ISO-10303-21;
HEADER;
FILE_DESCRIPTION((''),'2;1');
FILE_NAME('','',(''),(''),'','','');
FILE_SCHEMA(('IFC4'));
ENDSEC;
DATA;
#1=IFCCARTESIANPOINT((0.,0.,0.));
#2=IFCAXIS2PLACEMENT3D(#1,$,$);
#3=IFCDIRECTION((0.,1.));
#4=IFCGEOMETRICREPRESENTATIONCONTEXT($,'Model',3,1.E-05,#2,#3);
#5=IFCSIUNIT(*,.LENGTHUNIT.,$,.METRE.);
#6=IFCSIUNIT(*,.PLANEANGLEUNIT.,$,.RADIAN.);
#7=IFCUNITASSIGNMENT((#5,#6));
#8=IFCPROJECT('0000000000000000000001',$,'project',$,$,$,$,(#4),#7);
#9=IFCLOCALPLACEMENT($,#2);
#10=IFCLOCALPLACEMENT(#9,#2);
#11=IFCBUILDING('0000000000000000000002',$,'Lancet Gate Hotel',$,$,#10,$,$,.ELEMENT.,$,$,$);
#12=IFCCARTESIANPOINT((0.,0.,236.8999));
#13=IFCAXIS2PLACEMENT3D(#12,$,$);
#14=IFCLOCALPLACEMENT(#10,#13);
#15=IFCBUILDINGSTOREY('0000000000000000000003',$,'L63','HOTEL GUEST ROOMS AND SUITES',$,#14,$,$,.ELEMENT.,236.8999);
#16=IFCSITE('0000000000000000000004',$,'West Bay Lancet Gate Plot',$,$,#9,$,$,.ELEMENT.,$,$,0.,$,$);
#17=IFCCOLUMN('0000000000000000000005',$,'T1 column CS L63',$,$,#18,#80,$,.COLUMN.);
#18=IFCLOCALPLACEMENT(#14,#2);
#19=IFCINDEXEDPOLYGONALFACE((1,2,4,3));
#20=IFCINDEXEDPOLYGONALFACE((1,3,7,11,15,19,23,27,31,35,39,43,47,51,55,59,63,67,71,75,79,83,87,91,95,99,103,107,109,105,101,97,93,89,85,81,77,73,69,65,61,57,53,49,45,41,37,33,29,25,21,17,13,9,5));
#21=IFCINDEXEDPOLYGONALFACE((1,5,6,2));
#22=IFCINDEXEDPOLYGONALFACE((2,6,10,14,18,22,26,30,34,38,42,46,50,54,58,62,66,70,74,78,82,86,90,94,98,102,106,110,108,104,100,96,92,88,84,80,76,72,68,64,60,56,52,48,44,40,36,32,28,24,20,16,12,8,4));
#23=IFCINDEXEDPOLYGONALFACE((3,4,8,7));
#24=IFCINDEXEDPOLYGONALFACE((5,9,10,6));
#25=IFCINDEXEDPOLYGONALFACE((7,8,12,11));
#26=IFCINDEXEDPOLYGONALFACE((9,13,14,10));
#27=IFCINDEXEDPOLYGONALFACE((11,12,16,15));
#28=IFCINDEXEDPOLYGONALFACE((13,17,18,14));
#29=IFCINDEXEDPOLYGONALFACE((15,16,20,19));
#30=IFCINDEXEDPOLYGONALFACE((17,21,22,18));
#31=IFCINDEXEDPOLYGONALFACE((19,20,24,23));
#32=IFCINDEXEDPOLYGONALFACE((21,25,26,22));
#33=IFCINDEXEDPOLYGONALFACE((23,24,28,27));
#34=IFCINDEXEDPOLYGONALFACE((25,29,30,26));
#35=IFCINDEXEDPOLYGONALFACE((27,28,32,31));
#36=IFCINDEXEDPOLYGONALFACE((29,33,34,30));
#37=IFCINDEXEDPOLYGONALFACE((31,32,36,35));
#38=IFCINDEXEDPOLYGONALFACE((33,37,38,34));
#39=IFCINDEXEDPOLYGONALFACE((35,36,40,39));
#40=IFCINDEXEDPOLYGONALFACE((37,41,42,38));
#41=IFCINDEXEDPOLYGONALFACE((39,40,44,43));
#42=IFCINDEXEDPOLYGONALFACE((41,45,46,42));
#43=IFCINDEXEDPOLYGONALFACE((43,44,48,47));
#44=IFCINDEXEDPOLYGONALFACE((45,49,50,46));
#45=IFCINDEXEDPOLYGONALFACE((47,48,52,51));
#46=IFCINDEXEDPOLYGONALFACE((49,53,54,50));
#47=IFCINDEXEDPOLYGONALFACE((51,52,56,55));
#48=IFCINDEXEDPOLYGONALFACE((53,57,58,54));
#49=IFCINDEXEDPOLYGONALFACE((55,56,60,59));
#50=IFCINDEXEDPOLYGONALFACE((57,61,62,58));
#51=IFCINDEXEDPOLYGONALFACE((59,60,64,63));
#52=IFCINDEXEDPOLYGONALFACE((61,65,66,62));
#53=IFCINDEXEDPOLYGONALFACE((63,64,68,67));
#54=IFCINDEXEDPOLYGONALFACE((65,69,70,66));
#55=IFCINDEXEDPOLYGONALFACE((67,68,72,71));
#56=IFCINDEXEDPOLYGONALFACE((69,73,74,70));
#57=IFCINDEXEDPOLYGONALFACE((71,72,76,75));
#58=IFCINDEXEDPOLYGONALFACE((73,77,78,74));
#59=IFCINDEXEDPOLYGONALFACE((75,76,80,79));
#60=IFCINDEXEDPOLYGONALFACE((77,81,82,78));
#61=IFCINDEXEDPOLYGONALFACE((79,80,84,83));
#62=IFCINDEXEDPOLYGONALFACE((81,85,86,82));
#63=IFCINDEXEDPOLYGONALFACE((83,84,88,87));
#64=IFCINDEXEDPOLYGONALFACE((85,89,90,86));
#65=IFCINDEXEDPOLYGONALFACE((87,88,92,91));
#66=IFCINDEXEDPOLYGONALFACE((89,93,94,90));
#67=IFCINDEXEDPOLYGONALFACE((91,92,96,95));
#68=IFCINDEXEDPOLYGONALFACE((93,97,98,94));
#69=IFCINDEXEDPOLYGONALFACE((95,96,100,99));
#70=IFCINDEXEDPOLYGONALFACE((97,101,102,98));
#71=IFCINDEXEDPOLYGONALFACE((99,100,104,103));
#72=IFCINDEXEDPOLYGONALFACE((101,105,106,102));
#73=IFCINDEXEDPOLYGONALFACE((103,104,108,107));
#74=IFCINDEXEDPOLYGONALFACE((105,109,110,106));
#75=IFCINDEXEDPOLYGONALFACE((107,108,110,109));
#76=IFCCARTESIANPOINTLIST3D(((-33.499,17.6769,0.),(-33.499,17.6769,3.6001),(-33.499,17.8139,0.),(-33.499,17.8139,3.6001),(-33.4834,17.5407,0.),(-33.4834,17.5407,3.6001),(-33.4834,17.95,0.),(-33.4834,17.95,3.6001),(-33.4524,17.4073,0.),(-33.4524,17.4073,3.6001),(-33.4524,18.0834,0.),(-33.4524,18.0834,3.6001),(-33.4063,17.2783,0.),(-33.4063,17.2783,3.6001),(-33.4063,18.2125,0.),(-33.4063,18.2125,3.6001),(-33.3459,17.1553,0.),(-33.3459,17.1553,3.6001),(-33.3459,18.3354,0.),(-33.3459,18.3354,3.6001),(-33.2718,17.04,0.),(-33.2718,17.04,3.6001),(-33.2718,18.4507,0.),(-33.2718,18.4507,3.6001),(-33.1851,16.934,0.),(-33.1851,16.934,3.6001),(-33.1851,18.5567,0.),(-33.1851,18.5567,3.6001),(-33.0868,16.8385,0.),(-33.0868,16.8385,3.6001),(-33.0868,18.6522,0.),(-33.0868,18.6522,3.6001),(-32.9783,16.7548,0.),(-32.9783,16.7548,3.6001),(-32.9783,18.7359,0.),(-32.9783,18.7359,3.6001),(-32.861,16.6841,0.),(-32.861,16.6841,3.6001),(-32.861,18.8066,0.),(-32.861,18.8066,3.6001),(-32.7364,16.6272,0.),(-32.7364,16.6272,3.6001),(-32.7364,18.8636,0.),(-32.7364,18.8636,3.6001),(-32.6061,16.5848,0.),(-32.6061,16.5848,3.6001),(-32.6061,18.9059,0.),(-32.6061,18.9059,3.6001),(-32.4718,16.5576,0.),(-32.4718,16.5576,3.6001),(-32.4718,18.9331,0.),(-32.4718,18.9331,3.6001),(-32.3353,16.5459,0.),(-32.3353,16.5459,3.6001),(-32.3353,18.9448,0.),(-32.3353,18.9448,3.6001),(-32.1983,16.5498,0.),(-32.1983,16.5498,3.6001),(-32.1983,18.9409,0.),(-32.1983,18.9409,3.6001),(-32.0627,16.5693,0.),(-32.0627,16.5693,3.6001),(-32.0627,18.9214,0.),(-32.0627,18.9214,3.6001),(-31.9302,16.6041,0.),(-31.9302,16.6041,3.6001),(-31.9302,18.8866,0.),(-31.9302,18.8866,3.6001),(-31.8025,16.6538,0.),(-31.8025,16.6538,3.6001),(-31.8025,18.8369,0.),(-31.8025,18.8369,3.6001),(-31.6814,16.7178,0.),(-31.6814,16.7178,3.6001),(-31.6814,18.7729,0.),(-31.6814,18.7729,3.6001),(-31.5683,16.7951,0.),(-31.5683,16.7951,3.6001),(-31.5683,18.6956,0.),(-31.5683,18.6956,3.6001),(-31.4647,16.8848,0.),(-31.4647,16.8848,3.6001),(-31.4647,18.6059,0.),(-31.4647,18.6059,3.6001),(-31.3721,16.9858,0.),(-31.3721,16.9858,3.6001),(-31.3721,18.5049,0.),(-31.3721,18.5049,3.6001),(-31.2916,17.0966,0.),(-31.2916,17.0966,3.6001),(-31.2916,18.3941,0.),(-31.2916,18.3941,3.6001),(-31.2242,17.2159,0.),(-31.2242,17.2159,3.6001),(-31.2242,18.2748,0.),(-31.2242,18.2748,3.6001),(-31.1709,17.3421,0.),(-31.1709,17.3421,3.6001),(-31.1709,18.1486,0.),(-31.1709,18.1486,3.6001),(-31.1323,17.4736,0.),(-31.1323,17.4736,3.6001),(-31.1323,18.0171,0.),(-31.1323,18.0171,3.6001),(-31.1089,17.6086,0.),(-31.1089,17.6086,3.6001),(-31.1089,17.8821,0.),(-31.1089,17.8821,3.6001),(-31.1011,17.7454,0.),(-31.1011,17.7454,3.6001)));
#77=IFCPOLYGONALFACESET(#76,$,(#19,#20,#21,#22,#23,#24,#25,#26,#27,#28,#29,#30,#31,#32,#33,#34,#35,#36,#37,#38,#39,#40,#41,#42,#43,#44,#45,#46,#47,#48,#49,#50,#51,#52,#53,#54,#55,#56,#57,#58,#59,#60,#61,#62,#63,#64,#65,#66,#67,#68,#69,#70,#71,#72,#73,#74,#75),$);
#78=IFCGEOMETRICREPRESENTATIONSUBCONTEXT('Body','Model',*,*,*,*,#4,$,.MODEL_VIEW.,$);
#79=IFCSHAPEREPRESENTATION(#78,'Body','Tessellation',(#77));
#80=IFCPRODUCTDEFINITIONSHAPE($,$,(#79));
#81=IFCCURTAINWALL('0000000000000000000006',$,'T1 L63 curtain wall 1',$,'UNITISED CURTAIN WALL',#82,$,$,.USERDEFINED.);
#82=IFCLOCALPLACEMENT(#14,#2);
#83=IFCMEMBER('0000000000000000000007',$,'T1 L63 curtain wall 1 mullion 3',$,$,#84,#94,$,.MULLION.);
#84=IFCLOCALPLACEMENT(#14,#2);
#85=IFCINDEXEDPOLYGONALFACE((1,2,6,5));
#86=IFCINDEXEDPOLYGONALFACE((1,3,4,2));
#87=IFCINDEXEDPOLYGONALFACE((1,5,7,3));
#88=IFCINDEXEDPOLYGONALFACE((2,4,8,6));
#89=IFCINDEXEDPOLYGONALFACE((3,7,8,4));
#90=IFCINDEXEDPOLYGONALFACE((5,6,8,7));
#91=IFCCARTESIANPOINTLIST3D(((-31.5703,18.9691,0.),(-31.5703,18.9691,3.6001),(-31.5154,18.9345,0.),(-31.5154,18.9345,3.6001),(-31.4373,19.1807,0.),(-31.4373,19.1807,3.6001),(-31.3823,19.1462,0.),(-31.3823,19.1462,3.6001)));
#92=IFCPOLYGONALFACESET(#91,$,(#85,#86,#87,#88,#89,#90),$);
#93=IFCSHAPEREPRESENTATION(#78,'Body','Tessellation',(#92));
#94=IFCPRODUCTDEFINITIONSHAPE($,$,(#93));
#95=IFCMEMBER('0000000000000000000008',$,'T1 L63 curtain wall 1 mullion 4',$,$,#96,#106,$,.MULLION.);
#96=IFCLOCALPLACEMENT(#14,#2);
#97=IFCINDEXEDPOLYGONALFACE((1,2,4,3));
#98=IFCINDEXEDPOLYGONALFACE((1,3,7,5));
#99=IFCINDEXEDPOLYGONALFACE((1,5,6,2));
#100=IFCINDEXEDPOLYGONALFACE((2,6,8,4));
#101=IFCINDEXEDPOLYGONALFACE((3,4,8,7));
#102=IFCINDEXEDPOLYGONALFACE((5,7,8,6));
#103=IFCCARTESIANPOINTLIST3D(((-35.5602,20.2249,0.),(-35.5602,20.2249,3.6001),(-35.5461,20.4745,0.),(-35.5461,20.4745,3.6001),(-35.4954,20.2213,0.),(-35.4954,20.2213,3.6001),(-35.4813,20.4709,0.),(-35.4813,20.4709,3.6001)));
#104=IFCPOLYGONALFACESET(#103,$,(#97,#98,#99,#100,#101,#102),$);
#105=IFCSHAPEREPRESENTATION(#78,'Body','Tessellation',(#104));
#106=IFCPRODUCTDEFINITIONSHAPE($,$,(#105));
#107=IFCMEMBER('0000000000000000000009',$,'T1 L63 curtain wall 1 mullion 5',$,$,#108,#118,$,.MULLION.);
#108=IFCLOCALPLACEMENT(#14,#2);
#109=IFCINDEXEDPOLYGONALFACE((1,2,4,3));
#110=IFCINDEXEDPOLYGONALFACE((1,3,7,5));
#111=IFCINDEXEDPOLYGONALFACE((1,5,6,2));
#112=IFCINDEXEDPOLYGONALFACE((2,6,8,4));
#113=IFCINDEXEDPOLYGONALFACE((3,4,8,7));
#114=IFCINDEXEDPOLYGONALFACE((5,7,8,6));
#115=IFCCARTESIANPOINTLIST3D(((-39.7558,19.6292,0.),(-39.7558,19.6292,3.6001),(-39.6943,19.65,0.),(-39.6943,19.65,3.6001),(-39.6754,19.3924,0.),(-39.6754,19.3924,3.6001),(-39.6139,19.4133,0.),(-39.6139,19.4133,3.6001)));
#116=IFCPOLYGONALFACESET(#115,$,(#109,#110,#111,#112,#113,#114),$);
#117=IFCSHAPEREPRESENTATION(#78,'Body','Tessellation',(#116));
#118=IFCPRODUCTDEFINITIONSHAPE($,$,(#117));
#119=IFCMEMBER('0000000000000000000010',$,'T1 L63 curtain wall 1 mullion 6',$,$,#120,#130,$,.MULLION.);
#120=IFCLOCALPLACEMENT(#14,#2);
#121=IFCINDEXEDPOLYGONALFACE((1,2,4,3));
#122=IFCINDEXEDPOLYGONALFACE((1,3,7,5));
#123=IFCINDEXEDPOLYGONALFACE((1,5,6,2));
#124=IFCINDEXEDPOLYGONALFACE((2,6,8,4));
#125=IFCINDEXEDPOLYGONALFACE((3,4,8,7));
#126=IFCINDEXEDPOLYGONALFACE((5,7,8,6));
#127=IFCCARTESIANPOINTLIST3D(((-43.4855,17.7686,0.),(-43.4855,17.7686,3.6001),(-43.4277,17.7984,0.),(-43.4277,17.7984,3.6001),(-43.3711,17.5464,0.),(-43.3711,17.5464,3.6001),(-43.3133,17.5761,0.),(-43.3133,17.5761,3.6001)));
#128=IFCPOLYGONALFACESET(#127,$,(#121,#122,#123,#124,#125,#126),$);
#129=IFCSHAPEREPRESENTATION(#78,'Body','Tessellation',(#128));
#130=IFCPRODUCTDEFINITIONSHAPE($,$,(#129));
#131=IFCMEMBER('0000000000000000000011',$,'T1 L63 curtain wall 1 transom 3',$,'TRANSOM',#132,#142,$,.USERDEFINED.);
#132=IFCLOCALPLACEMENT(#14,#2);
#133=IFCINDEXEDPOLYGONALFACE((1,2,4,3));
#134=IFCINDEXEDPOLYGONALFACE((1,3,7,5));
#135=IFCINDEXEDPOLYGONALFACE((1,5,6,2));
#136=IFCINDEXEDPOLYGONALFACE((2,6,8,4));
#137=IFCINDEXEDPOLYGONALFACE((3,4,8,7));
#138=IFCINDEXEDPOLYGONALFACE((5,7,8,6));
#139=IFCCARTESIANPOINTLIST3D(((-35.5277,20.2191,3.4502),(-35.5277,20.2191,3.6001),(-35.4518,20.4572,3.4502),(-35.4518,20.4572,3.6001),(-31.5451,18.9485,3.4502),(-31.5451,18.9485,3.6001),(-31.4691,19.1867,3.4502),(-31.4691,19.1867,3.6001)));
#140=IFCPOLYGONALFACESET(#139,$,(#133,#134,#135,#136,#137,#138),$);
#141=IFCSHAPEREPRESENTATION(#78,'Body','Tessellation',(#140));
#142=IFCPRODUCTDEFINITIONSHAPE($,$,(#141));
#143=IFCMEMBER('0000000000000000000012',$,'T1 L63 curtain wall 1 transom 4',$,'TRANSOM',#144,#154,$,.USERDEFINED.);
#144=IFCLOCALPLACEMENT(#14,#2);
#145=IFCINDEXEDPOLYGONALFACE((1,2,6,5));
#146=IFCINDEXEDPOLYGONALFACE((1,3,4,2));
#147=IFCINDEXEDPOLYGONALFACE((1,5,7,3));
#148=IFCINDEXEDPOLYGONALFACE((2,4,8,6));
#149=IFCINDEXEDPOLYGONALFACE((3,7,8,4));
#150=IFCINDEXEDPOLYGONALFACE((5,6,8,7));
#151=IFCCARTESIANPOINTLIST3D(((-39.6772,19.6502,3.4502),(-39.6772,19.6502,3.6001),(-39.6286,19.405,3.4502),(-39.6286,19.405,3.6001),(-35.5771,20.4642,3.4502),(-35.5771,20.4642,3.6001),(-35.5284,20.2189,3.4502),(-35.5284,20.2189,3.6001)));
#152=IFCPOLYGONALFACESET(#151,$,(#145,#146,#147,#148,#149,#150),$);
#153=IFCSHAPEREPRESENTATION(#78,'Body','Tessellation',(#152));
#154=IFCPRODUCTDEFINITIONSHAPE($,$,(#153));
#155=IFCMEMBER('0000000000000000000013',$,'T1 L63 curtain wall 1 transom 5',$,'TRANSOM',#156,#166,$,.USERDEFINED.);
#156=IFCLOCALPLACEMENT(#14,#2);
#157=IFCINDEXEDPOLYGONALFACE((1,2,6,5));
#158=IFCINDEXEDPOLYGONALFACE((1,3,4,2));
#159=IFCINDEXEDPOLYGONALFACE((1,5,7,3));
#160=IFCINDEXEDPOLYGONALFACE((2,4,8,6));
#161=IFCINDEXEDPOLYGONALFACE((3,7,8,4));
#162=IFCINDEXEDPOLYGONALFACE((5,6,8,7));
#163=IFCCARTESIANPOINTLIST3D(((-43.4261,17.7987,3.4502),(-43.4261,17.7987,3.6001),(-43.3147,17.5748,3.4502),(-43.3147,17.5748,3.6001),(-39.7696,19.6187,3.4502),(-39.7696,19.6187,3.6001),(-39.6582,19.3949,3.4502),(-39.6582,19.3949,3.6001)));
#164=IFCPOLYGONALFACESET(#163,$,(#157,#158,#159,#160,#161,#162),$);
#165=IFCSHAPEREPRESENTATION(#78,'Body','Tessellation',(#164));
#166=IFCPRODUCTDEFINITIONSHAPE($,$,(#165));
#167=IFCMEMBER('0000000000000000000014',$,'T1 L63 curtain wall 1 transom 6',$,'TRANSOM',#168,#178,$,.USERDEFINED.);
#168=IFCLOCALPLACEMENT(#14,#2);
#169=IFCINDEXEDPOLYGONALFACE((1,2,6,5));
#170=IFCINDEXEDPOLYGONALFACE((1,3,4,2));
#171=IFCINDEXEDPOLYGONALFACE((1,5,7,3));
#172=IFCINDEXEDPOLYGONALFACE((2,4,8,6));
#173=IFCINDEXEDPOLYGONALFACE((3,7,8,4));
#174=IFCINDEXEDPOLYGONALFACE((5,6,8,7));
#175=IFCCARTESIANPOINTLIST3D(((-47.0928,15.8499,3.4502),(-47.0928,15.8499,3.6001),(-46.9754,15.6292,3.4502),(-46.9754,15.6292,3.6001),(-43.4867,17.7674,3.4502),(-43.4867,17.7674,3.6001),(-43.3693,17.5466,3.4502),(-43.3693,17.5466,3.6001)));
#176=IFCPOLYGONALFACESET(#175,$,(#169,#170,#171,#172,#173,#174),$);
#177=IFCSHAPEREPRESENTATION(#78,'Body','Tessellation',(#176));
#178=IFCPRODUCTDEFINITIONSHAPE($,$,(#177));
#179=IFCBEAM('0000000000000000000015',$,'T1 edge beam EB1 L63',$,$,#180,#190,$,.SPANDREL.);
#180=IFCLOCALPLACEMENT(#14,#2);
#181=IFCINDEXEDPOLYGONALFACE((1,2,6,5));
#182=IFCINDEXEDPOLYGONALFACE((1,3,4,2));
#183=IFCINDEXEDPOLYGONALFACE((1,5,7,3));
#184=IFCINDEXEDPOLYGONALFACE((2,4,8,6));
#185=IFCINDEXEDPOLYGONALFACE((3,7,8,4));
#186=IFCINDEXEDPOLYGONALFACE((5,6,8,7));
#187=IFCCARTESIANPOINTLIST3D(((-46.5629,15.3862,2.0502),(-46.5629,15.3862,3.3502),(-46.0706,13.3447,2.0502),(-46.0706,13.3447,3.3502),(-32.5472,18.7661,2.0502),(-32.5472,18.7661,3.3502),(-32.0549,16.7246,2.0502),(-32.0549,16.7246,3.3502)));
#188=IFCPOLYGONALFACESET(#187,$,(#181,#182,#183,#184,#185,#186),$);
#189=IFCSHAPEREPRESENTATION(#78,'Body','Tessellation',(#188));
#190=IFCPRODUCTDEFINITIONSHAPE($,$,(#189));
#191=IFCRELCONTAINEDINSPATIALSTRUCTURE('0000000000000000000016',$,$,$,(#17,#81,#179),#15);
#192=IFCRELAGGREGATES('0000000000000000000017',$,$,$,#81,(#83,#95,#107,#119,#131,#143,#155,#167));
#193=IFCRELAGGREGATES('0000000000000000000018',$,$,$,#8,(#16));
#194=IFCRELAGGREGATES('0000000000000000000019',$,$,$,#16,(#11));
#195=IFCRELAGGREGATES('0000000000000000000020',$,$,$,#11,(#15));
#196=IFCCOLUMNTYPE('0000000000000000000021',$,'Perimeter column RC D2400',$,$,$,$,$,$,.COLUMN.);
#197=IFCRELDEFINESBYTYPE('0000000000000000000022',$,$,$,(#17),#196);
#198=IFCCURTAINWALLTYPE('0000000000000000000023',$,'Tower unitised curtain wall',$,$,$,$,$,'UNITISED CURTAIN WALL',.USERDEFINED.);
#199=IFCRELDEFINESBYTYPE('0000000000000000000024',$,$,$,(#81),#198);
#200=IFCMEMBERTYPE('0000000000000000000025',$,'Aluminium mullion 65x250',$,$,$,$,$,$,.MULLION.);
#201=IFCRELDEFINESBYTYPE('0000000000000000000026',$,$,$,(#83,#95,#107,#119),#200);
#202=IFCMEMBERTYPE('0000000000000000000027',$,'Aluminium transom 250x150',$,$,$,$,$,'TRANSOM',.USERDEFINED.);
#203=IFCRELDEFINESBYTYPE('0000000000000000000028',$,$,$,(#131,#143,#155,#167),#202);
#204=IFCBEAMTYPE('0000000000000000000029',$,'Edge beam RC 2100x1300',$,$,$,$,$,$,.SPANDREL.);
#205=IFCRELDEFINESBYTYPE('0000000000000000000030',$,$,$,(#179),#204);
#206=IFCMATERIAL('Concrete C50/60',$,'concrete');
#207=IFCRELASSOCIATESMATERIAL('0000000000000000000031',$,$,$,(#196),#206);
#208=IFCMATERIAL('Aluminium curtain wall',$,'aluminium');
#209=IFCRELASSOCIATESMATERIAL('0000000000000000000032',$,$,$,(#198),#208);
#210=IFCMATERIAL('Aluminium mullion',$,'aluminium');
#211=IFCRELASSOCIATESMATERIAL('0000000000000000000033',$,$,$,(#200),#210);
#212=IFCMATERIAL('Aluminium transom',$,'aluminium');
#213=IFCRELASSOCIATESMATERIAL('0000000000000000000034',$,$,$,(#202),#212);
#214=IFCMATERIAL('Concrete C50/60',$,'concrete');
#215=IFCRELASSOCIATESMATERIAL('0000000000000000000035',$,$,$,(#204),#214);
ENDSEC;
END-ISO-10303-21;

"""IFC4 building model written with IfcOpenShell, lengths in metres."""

from ifc_helpers import new_model, si_unit, direction, frame, origin, origin_2d, place, context, subcontext, project, spatial, rectangle, circle, extrude, material, material_profile, profile_set, type_object, element, aggregate, save


model = new_model("IFC4")

# Units and contexts
model_context = context("Model", 3, precision=1e-05, world=origin(), true_north=direction((0.0, 1.0)))
body_context = subcontext(model_context, "Body", "Model", "MODEL_VIEW")
ifc_project = project(units=[si_unit("LENGTHUNIT", "METRE"), si_unit("PLANEANGLEUNIT", "RADIAN")], contexts=[model_context])

# Site, building, storey
site_placement = place(None, origin())
site = spatial("IfcSite", under=ifc_project, at=site_placement, Name="West Bay Lancet Gate Plot", CompositionType="ELEMENT", RefElevation=0.0)
building_placement = place(site_placement, origin())
building = spatial("IfcBuilding", under=site, at=building_placement, Name="Lancet Gate Hotel", CompositionType="ELEMENT")
storey_placement = place(building_placement, frame((0.0, 0.0, 236.8999)))
storey = spatial("IfcBuildingStorey", under=building, at=storey_placement, Name="L63", Description="HOTEL GUEST ROOMS AND SUITES", CompositionType="ELEMENT", Elevation=236.8999)

# Column
ifc_material_1 = material(Name="Concrete C50/60", Category="concrete")
ifc_material_profile_1 = material_profile(ifc_material_1, circle(Radius=1.2, at=origin_2d()), Name="RC D2400")
ifc_profile_set_1 = profile_set([ifc_material_profile_1], Name="Concrete C50/60")
column_type = type_object("IfcColumnType", Name="Perimeter column RC D2400", PredefinedType="COLUMN", material=ifc_profile_set_1)
column_placement = place(storey_placement, frame((-32.301, 17.7454, 0.0), z_axis=(0.0, 0.0, 1.0), x_axis=(1.0, 0.0, 0.0)))
element("IfcColumn", 1, at=column_placement, inside=storey, type_object=column_type, Name="T1 column CS L63", PredefinedType="COLUMN", context=body_context, shape_type="SweptSolid", body=[
    extrude(circle(Radius=1.2, at=origin_2d()), origin(), (0.0, 0.0, 1.0), 3.6001),
])

# Curtain wall, members
ifc_material_2 = material(Name="Aluminium curtain wall", Category="aluminium")
curtain_wall_type = type_object("IfcCurtainWallType", Name="Tower unitised curtain wall", ElementType="UNITISED CURTAIN WALL", PredefinedType="USERDEFINED", material=ifc_material_2)
curtain_wall_placement = place(storey_placement, origin())
curtain_wall = element("IfcCurtainWall", 2, at=curtain_wall_placement, inside=storey, type_object=curtain_wall_type, Name="T1 L63 curtain wall 1", ObjectType="UNITISED CURTAIN WALL", PredefinedType="USERDEFINED")
ifc_material_3 = material(Name="Aluminium mullion", Category="aluminium")
ifc_material_profile_2 = material_profile(ifc_material_3, rectangle(XDim=0.0649, YDim=0.25, at=origin_2d()), Name="MULLION 65x250")
ifc_profile_set_2 = profile_set([ifc_material_profile_2], Name="Aluminium mullion")
member_type_1 = type_object("IfcMemberType", Name="Aluminium mullion 65x250", PredefinedType="MULLION", material=ifc_profile_set_2)
member_1_placement = place(storey_placement, frame((-31.4763, 19.0576, 0.0), z_axis=(0.0, 0.0, 1.0), x_axis=(-0.846613, 0.532209, 0.0)))
member_1 = element("IfcMember", 3, at=member_1_placement, type_object=member_type_1, Name="T1 L63 curtain wall 1 mullion 3", PredefinedType="MULLION", context=body_context, shape_type="SweptSolid", body=[
    extrude(rectangle(XDim=0.0649, YDim=0.25, at=origin_2d()), origin(), (0.0, 0.0, 1.0), 3.6001),
])
member_2_placement = place(storey_placement, frame((-35.5208, 20.3479, 0.0), z_axis=(0.0, 0.0, 1.0), x_axis=(-0.998409, 0.056384, 0.0)))
member_2 = element("IfcMember", 4, at=member_2_placement, type_object=member_type_1, Name="T1 L63 curtain wall 1 mullion 4", PredefinedType="MULLION", context=body_context, shape_type="SweptSolid", body=[
    extrude(rectangle(XDim=0.0649, YDim=0.25, at=origin_2d()), origin(), (0.0, 0.0, 1.0), 3.6001),
])
member_3_placement = place(storey_placement, frame((-39.6848, 19.5212, 0.0), z_axis=(0.0, 0.0, 1.0), x_axis=(-0.946888, -0.321564, 0.0)))
member_3 = element("IfcMember", 5, at=member_3_placement, type_object=member_type_1, Name="T1 L63 curtain wall 1 mullion 5", PredefinedType="MULLION", context=body_context, shape_type="SweptSolid", body=[
    extrude(rectangle(XDim=0.0649, YDim=0.25, at=origin_2d()), origin(), (0.0, 0.0, 1.0), 3.6001),
])
member_4_placement = place(storey_placement, frame((-43.3994, 17.6724, 0.0), z_axis=(0.0, 0.0, 1.0), x_axis=(-0.889156, -0.457605, 0.0)))
member_4 = element("IfcMember", 6, at=member_4_placement, type_object=member_type_1, Name="T1 L63 curtain wall 1 mullion 6", PredefinedType="MULLION", context=body_context, shape_type="SweptSolid", body=[
    extrude(rectangle(XDim=0.0649, YDim=0.25, at=origin_2d()), origin(), (0.0, 0.0, 1.0), 3.6001),
])
ifc_material_4 = material(Name="Aluminium transom", Category="aluminium")
ifc_material_profile_3 = material_profile(ifc_material_4, rectangle(XDim=0.25, YDim=0.1499, at=origin_2d()), Name="TRANSOM 250x150")
ifc_profile_set_3 = profile_set([ifc_material_profile_3], Name="Aluminium transom")
member_type_2 = type_object("IfcMemberType", Name="Aluminium transom 250x150", ElementType="TRANSOM", PredefinedType="USERDEFINED", material=ifc_profile_set_3)
member_5_placement = place(storey_placement, frame((-31.5071, 19.0676, 3.5251), z_axis=(-0.952698, 0.30392, 0.0), x_axis=(-0.30392, -0.952698, 0.0)))
member_5 = element("IfcMember", 7, at=member_5_placement, type_object=member_type_2, Name="T1 L63 curtain wall 1 transom 3", ObjectType="TRANSOM", PredefinedType="USERDEFINED", context=body_context, shape_type="SweptSolid", body=[
    extrude(rectangle(XDim=0.25, YDim=0.1499, at=origin_2d()), origin(), (0.0, 0.0, 1.0), 4.1804),
])
member_6_placement = place(storey_placement, frame((-35.5527, 20.3416, 3.5251), z_axis=(-0.980858, -0.194723, 0.0), x_axis=(0.194723, -0.980858, 0.0)))
member_6 = element("IfcMember", 8, at=member_6_placement, type_object=member_type_2, Name="T1 L63 curtain wall 1 transom 4", ObjectType="TRANSOM", PredefinedType="USERDEFINED", context=body_context, shape_type="SweptSolid", body=[
    extrude(rectangle(XDim=0.25, YDim=0.1499, at=origin_2d()), origin(), (0.0, 0.0, 1.0), 4.1802),
])
member_7_placement = place(storey_placement, frame((-39.7139, 19.5068, 3.5251), z_axis=(-0.895227, -0.445611, 0.0), x_axis=(0.445611, -0.895227, 0.0)))
member_7 = element("IfcMember", 9, at=member_7_placement, type_object=member_type_2, Name="T1 L63 curtain wall 1 transom 5", ObjectType="TRANSOM", PredefinedType="USERDEFINED", context=body_context, shape_type="SweptSolid", body=[
    extrude(rectangle(XDim=0.25, YDim=0.1499, at=origin_2d()), origin(), (0.0, 0.0, 1.0), 4.0845),
])
member_8_placement = place(storey_placement, frame((-43.428, 17.657, 3.5251), z_axis=(-0.882945, -0.469477, 0.0), x_axis=(0.469477, -0.882945, 0.0)))
member_8 = element("IfcMember", 10, at=member_8_placement, type_object=member_type_2, Name="T1 L63 curtain wall 1 transom 6", ObjectType="TRANSOM", PredefinedType="USERDEFINED", context=body_context, shape_type="SweptSolid", body=[
    extrude(rectangle(XDim=0.25, YDim=0.1499, at=origin_2d()), origin(), (0.0, 0.0, 1.0), 4.0842),
])

# Beam
ifc_material_5 = material(Name="Concrete C50/60", Category="concrete")
ifc_material_profile_4 = material_profile(ifc_material_5, rectangle(XDim=2.1001, YDim=1.3, at=origin_2d()), Name="RC 2100x1300")
ifc_profile_set_4 = profile_set([ifc_material_profile_4], Name="Concrete C50/60")
beam_type_1 = type_object("IfcBeamType", Name="Edge beam RC 2100x1300", PredefinedType="SPANDREL", material=ifc_profile_set_4)
beam_1_placement = place(storey_placement, frame((-32.301, 17.7454, 2.7002), z_axis=(-0.972133, -0.234431, 0.0), x_axis=(0.234431, -0.972133, 0.0)))
element("IfcBeam", 11, at=beam_1_placement, inside=storey, type_object=beam_type_1, Name="T1 edge beam EB1 L63", PredefinedType="SPANDREL", context=body_context, shape_type="SweptSolid", body=[
    extrude(rectangle(XDim=2.1001, YDim=1.3, at=origin_2d()), origin(), (0.0, 0.0, 1.0), 14.4175),
])

aggregate(curtain_wall, [member_1, member_2, member_3, member_4, member_5, member_6, member_7, member_8])

save(model, "model.ifc")
